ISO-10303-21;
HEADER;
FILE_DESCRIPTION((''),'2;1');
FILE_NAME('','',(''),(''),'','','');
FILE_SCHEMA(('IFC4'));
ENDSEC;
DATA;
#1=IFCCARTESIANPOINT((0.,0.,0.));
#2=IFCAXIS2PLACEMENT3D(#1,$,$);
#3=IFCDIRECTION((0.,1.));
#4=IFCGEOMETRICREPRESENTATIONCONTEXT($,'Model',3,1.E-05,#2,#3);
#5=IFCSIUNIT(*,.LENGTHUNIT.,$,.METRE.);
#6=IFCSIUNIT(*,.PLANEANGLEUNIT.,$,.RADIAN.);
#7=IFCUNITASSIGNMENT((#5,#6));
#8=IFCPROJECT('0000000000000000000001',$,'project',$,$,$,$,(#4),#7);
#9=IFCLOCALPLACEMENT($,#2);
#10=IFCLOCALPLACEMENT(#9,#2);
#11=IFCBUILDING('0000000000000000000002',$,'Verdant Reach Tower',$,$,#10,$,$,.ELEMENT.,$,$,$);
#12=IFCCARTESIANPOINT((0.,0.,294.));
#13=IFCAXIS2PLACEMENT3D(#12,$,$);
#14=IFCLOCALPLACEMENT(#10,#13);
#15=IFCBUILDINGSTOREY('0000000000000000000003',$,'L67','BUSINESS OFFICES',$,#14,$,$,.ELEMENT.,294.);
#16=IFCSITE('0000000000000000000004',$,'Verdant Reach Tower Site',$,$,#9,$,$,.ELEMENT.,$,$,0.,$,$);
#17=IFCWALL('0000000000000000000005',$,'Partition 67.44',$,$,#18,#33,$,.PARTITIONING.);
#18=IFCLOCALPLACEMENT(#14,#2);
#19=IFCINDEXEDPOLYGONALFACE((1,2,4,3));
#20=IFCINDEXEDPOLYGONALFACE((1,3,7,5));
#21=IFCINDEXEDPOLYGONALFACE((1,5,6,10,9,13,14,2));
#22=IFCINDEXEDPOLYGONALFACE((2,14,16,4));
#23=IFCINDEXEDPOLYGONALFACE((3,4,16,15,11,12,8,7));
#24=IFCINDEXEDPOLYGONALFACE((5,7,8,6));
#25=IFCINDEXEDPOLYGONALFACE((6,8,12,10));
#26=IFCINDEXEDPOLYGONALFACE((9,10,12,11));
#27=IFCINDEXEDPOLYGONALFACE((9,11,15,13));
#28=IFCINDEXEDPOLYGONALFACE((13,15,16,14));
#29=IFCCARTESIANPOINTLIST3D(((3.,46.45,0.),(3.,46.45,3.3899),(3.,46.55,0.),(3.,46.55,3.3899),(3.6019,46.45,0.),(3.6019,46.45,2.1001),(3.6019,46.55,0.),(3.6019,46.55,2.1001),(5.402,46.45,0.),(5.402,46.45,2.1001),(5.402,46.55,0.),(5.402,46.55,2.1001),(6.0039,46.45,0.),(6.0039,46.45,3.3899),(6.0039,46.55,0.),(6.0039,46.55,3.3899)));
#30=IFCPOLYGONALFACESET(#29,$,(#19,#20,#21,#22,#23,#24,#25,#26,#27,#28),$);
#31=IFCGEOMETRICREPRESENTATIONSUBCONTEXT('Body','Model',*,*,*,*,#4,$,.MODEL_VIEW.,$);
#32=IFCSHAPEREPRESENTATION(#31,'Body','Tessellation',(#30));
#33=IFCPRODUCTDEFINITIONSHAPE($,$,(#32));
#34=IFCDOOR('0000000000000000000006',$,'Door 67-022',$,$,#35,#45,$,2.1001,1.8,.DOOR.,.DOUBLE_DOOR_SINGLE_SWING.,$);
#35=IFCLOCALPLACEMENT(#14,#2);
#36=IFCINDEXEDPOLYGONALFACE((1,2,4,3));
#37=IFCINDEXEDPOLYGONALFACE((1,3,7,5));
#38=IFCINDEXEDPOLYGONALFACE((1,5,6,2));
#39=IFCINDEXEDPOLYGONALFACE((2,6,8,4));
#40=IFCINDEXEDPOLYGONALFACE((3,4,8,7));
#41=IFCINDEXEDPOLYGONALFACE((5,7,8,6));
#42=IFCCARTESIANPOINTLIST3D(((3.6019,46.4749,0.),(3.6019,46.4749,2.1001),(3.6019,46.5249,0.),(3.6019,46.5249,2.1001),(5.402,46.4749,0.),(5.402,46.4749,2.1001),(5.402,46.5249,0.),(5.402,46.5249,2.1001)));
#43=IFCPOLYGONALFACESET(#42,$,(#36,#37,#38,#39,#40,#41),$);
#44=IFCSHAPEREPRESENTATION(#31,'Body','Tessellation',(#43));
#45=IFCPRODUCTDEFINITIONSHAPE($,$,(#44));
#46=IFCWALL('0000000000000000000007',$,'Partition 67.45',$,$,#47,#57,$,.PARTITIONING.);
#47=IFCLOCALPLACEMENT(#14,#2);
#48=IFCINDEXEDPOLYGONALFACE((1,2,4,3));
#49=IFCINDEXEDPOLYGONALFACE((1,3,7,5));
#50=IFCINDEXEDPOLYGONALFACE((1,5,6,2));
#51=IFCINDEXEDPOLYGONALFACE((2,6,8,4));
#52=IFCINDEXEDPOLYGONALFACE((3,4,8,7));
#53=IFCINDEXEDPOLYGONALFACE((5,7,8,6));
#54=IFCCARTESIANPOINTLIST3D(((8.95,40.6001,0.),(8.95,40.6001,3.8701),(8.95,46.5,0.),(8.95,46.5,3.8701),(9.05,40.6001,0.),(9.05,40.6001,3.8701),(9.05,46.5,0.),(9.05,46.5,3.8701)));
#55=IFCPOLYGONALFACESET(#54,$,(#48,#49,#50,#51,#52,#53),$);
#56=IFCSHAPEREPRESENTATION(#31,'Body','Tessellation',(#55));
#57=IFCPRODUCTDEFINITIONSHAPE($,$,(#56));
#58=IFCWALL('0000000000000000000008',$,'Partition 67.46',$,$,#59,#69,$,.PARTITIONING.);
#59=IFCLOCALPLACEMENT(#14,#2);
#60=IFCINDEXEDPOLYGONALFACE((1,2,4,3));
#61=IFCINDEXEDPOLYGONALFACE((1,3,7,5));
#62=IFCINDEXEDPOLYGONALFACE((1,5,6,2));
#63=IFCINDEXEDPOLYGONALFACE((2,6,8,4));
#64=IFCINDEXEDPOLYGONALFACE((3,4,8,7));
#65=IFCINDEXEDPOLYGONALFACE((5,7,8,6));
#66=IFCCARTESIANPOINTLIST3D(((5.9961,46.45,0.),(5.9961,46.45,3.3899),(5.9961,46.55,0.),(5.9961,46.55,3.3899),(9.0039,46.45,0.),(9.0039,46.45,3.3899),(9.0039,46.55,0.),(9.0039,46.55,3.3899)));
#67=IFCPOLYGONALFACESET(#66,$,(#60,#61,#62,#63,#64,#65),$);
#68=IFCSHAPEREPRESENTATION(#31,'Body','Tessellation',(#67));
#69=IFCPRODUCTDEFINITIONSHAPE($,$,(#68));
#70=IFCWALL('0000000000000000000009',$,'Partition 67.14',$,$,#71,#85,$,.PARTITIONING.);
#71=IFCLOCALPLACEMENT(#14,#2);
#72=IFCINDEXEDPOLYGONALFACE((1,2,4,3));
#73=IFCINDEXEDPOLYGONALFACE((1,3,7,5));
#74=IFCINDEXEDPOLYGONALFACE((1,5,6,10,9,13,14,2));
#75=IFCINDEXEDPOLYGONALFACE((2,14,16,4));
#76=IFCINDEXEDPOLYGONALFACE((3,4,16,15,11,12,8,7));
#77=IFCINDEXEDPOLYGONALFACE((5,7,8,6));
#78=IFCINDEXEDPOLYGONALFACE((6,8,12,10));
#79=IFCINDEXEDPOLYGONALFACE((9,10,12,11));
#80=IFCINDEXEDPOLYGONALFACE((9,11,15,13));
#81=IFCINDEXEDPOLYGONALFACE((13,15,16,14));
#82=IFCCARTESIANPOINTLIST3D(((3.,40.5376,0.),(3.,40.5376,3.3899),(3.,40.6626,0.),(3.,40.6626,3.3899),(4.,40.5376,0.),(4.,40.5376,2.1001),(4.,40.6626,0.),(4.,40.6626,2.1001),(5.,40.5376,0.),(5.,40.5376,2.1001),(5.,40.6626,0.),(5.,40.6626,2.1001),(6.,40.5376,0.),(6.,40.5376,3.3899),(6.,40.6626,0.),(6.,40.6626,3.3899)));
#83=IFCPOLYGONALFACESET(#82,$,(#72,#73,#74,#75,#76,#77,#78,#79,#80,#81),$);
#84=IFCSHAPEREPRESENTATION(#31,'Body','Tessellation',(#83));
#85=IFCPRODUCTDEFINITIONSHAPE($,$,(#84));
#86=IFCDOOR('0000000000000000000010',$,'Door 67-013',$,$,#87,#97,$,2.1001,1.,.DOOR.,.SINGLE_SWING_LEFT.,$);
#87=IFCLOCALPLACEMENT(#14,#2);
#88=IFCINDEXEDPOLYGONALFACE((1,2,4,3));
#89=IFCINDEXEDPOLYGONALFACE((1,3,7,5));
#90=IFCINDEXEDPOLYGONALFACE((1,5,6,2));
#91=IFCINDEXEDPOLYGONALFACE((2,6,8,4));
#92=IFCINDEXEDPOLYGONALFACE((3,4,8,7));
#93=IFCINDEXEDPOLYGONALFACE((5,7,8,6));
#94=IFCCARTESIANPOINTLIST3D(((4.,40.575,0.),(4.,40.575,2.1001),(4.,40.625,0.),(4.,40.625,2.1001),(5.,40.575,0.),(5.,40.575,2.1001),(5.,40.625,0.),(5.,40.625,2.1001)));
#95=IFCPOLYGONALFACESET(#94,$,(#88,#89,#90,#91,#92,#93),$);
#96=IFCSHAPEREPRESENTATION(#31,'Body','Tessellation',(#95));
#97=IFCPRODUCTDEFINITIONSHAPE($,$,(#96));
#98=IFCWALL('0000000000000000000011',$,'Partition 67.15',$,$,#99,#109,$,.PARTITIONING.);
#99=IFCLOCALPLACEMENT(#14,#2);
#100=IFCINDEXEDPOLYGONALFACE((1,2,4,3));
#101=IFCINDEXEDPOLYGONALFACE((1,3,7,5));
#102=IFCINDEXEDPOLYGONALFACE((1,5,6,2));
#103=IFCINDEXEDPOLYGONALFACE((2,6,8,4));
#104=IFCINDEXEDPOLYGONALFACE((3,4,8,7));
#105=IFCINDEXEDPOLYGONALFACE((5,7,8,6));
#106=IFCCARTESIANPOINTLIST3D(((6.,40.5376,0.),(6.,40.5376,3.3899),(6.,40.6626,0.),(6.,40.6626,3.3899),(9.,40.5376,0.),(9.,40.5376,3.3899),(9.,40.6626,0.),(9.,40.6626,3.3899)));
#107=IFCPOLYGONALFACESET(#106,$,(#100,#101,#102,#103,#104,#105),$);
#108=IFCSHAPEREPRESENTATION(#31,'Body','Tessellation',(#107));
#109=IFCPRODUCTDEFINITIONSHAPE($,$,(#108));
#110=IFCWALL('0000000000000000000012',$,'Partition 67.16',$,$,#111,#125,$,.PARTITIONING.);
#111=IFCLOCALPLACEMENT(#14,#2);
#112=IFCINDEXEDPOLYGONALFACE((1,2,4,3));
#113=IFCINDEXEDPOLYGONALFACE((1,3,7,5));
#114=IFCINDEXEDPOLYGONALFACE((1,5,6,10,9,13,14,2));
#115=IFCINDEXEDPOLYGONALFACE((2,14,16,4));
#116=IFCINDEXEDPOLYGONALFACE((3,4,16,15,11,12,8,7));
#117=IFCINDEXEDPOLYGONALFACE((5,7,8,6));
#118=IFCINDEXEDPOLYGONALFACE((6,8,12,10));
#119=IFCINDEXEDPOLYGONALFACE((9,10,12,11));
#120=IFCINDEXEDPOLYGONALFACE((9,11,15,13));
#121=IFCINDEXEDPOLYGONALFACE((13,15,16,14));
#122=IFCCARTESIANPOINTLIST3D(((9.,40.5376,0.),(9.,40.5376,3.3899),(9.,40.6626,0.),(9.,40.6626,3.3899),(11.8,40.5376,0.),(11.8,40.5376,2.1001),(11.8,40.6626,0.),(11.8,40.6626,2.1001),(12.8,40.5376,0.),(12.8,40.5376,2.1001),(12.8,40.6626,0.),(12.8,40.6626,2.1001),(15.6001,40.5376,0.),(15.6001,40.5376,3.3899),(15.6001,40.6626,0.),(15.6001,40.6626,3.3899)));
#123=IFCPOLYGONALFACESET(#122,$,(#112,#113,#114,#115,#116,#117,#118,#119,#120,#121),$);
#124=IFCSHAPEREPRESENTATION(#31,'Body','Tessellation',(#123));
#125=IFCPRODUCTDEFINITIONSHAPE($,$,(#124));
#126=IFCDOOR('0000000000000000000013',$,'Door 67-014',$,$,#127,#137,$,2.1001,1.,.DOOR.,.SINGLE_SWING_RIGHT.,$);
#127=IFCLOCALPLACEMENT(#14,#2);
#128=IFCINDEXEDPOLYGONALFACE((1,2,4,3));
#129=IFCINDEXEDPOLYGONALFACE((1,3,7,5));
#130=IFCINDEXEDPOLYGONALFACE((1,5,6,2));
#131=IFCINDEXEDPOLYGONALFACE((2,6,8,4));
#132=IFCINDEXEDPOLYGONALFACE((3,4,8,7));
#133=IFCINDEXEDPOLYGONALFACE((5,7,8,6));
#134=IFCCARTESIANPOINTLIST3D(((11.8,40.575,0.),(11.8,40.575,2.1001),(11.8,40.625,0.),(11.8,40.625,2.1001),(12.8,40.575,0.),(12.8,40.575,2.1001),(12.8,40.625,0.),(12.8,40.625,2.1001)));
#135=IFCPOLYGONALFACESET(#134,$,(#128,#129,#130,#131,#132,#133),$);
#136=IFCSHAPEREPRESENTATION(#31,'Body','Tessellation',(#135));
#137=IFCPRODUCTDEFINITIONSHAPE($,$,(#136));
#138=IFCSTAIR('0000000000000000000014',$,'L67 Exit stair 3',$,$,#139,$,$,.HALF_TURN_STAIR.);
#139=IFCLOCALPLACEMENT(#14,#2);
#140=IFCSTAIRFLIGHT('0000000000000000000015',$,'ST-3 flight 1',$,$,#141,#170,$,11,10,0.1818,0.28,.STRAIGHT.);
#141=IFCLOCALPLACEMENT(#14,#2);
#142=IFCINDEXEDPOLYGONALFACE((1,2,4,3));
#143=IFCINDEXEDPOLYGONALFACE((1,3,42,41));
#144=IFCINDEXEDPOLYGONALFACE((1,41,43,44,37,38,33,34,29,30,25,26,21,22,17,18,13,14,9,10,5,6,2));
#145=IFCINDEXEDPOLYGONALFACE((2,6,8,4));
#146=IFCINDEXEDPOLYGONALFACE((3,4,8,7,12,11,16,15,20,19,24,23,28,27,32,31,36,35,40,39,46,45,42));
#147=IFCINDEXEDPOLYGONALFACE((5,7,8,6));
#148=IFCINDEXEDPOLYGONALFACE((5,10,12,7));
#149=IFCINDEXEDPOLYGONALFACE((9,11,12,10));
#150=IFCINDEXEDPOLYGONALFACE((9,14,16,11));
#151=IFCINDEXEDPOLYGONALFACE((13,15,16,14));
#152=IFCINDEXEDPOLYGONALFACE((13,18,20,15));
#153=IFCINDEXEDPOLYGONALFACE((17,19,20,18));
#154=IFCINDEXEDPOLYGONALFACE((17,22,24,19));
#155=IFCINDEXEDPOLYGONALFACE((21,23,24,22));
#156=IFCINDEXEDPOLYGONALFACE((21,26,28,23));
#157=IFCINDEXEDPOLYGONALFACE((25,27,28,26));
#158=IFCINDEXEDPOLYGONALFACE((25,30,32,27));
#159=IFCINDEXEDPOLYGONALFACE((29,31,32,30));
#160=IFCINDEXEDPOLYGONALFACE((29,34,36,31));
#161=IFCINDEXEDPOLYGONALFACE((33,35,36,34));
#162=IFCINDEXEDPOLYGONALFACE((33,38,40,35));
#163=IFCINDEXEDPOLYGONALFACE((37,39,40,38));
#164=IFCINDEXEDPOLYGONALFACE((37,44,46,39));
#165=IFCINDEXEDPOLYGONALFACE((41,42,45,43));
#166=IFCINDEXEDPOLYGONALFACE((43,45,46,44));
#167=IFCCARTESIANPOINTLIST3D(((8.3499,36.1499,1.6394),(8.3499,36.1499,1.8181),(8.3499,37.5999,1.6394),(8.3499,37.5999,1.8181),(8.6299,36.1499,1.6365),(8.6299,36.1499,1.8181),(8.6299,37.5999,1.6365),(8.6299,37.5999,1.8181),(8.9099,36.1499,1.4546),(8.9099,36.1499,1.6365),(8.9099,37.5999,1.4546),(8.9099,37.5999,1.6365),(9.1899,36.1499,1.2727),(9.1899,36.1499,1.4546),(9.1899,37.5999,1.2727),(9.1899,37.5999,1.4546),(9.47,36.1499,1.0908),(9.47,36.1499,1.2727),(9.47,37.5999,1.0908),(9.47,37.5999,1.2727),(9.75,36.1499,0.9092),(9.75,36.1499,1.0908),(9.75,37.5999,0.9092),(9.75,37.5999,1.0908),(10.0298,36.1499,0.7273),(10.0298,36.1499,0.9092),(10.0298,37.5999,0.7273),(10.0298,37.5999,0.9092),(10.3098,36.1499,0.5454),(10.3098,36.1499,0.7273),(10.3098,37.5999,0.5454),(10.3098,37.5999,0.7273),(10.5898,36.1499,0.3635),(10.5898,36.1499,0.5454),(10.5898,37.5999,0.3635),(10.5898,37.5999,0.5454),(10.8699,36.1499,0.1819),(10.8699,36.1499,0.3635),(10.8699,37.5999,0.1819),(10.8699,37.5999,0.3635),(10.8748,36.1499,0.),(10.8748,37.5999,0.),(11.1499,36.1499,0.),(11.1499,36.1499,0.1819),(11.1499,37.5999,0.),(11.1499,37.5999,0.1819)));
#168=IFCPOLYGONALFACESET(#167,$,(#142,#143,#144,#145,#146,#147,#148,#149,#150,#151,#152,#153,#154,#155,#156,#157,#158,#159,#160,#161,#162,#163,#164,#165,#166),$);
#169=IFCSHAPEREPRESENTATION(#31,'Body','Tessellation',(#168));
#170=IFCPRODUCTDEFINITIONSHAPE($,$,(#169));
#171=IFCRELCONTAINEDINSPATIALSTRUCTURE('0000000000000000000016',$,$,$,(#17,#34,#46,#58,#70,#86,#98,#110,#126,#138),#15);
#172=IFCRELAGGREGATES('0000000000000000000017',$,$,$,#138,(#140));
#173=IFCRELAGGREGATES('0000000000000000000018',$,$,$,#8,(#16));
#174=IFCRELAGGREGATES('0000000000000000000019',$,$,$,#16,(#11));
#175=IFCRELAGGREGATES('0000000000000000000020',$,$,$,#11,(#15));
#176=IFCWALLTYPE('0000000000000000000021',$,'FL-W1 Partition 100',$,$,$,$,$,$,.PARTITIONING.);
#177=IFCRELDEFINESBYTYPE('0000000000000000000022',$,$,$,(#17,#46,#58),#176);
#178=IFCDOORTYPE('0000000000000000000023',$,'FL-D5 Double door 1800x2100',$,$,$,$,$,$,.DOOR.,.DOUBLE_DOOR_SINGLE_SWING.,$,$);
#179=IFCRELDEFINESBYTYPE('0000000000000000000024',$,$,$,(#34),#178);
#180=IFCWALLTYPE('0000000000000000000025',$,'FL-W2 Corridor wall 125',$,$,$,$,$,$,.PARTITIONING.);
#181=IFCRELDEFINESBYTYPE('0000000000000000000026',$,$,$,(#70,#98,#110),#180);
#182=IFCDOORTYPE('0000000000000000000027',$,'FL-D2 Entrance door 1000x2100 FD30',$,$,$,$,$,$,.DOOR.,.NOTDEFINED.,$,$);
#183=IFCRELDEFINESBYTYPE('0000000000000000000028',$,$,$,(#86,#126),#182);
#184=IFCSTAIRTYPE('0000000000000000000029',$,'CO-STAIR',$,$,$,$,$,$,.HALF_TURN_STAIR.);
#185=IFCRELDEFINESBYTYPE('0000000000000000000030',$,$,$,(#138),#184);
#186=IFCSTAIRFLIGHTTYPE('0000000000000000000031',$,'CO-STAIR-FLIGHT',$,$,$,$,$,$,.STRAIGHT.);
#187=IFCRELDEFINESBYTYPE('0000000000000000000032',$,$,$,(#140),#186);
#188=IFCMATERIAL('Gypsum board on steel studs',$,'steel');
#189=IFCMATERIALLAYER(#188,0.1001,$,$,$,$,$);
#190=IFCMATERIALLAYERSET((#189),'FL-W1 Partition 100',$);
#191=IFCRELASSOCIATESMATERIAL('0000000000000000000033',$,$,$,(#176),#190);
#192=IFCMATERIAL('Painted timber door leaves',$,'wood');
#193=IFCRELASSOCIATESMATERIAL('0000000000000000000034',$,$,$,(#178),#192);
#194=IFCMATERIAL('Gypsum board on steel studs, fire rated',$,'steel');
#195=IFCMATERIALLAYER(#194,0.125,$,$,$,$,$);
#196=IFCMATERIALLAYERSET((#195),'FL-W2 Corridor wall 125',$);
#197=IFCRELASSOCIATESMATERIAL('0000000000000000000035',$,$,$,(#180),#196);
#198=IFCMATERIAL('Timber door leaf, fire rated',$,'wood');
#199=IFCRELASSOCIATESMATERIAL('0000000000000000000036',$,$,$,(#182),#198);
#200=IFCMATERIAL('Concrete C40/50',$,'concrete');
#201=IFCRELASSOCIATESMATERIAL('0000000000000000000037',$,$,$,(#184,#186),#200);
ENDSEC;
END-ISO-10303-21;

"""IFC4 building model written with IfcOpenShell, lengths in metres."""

from ifc_helpers import new_model, si_unit, direction, frame, frame_2d, origin, place, context, subcontext, project, spatial, polyline, rectangle, outline, extrude, material, layer, layer_set, type_object, element, fill, aggregate, save


model = new_model("IFC4")

# Units and contexts
model_context = context("Model", 3, precision=1e-05, world=origin(), true_north=direction((0.0, 1.0)))
body_context = subcontext(model_context, "Body", "Model", "MODEL_VIEW")
ifc_project = project(units=[si_unit("LENGTHUNIT", "METRE"), si_unit("PLANEANGLEUNIT", "RADIAN")], contexts=[model_context])

# Site, building, storey
site_placement = place(None, origin())
site = spatial("IfcSite", under=ifc_project, at=site_placement, Name="Verdant Reach Tower Site", CompositionType="ELEMENT", RefElevation=0.0)
building_placement = place(site_placement, origin())
building = spatial("IfcBuilding", under=site, at=building_placement, Name="Verdant Reach Tower", CompositionType="ELEMENT")
storey_placement = place(building_placement, frame((0.0, 0.0, 294.0)))
storey = spatial("IfcBuildingStorey", under=building, at=storey_placement, Name="L67", Description="BUSINESS OFFICES", CompositionType="ELEMENT", Elevation=294.0)

# Shared definitions
ifc_material_1 = material(Name="Gypsum board on steel studs", Category="steel")
ifc_layer_1 = layer(ifc_material_1, 0.1001)
ifc_layer_set_1 = layer_set([ifc_layer_1], Name="FL-W1 Partition 100")
wall_type_1 = type_object("IfcWallType", Name="FL-W1 Partition 100", PredefinedType="PARTITIONING", material=ifc_layer_set_1)

# Wall, opening, door
wall_1_placement = place(storey_placement, frame((3.0, 46.5, 0.0), z_axis=(0.0, 0.0, 1.0), x_axis=(1.0, 0.0, 0.0)))
wall_1 = element("IfcWall", 1, at=wall_1_placement, inside=storey, type_object=wall_type_1, Name="Partition 67.44", PredefinedType="PARTITIONING", context=body_context, shape_type="SweptSolid", body=[
    extrude(rectangle(XDim=3.0039, YDim=0.1001, at=frame_2d((1.502, 0.0))), origin(), (0.0, 0.0, 1.0), 3.3899),
])
opening_1_placement = place(wall_1_placement, frame((0.6021, 0.0, 0.0)))
opening_1 = element("IfcOpeningElement", 2, at=opening_1_placement, cuts=wall_1, PredefinedType="OPENING", context=body_context, shape_type="SweptSolid", body=[
    extrude(rectangle(XDim=1.8, YDim=2.1001, at=frame_2d((0.8999, 1.05))), frame((0.0, 0.0601, 0.0), z_axis=(0.0, -1.0, 0.0), x_axis=(1.0, 0.0, 0.0)), (0.0, 0.0, 1.0), 0.1201),
])
ifc_material_2 = material(Name="Painted timber door leaves", Category="wood")
door_type_1 = type_object("IfcDoorType", Name="FL-D5 Double door 1800x2100", OperationType="DOUBLE_DOOR_SINGLE_SWING", PredefinedType="DOOR", material=ifc_material_2)
door_1_placement = place(opening_1_placement, origin())
door_1 = element("IfcDoor", 3, at=door_1_placement, inside=storey, type_object=door_type_1, Name="Door 67-022", OperationType="DOUBLE_DOOR_SINGLE_SWING", OverallHeight=2.1001, OverallWidth=1.8, PredefinedType="DOOR", context=body_context, shape_type="SweptSolid", body=[
    extrude(rectangle(XDim=1.8, YDim=2.1001, at=frame_2d((0.8999, 1.05))), frame((0.0, 0.0249, 0.0), z_axis=(0.0, -1.0, 0.0), x_axis=(1.0, 0.0, 0.0)), (0.0, 0.0, 1.0), 0.05),
])
fill(opening_1, door_1)

# Walls
wall_2_placement = place(storey_placement, frame((9.0, 40.6001, 0.0), z_axis=(0.0, 0.0, 1.0), x_axis=(0.0, 1.0, 0.0)))
element("IfcWall", 4, at=wall_2_placement, inside=storey, type_object=wall_type_1, Name="Partition 67.45", PredefinedType="PARTITIONING", context=body_context, shape_type="SweptSolid", body=[
    extrude(rectangle(XDim=5.8999, YDim=0.1001, at=frame_2d((2.95, 0.0))), origin(), (0.0, 0.0, 1.0), 3.8701),
])
wall_3_placement = place(storey_placement, frame((9.0039, 46.5, 0.0), z_axis=(0.0, 0.0, 1.0), x_axis=(-1.0, 0.0, 0.0)))
element("IfcWall", 5, at=wall_3_placement, inside=storey, type_object=wall_type_1, Name="Partition 67.46", PredefinedType="PARTITIONING", context=body_context, shape_type="SweptSolid", body=[
    extrude(rectangle(XDim=3.0078, YDim=0.1001, at=frame_2d((1.5039, 0.0))), origin(), (0.0, 0.0, 1.0), 3.3899),
])

# Wall, opening, door
ifc_material_3 = material(Name="Gypsum board on steel studs, fire rated", Category="steel")
ifc_layer_2 = layer(ifc_material_3, 0.125)
ifc_layer_set_2 = layer_set([ifc_layer_2], Name="FL-W2 Corridor wall 125")
wall_type_2 = type_object("IfcWallType", Name="FL-W2 Corridor wall 125", PredefinedType="PARTITIONING", material=ifc_layer_set_2)
wall_4_placement = place(storey_placement, frame((3.0, 40.6001, 0.0), z_axis=(0.0, 0.0, 1.0), x_axis=(1.0, 0.0, 0.0)))
wall_4 = element("IfcWall", 6, at=wall_4_placement, inside=storey, type_object=wall_type_2, Name="Partition 67.14", PredefinedType="PARTITIONING", context=body_context, shape_type="SweptSolid", body=[
    extrude(rectangle(XDim=3.0, YDim=0.125, at=frame_2d((1.5, 0.0))), origin(), (0.0, 0.0, 1.0), 3.3899),
])
opening_2_placement = place(wall_4_placement, frame((1.0, 0.0, 0.0)))
opening_2 = element("IfcOpeningElement", 7, at=opening_2_placement, cuts=wall_4, PredefinedType="OPENING", context=body_context, shape_type="SweptSolid", body=[
    extrude(rectangle(XDim=1.0, YDim=2.1001, at=frame_2d((0.5, 1.05))), frame((0.0, 0.0725, 0.0), z_axis=(0.0, -1.0, 0.0), x_axis=(1.0, 0.0, 0.0)), (0.0, 0.0, 1.0), 0.145),
])
ifc_material_4 = material(Name="Timber door leaf, fire rated", Category="wood")
door_type_2 = type_object("IfcDoorType", Name="FL-D2 Entrance door 1000x2100 FD30", OperationType="NOTDEFINED", PredefinedType="DOOR", material=ifc_material_4)
door_2_placement = place(opening_2_placement, origin())
door_2 = element("IfcDoor", 8, at=door_2_placement, inside=storey, type_object=door_type_2, Name="Door 67-013", OperationType="SINGLE_SWING_LEFT", OverallHeight=2.1001, OverallWidth=1.0, PredefinedType="DOOR", context=body_context, shape_type="SweptSolid", body=[
    extrude(rectangle(XDim=1.0, YDim=2.1001, at=frame_2d((0.5, 1.05))), frame((0.0, 0.0249, 0.0), z_axis=(0.0, -1.0, 0.0), x_axis=(1.0, 0.0, 0.0)), (0.0, 0.0, 1.0), 0.05),
])
fill(opening_2, door_2)

# Wall
wall_5_placement = place(storey_placement, frame((9.0, 40.6001, 0.0), z_axis=(0.0, 0.0, 1.0), x_axis=(-1.0, 0.0, 0.0)))
element("IfcWall", 9, at=wall_5_placement, inside=storey, type_object=wall_type_2, Name="Partition 67.15", PredefinedType="PARTITIONING", context=body_context, shape_type="SweptSolid", body=[
    extrude(rectangle(XDim=3.0, YDim=0.125, at=frame_2d((1.5, 0.0))), origin(), (0.0, 0.0, 1.0), 3.3899),
])

# Wall, opening, door
wall_6_placement = place(storey_placement, frame((9.0, 40.6001, 0.0), z_axis=(0.0, 0.0, 1.0), x_axis=(1.0, 0.0, 0.0)))
wall_6 = element("IfcWall", 10, at=wall_6_placement, inside=storey, type_object=wall_type_2, Name="Partition 67.16", PredefinedType="PARTITIONING", context=body_context, shape_type="SweptSolid", body=[
    extrude(rectangle(XDim=6.6001, YDim=0.125, at=frame_2d((3.3, 0.0))), origin(), (0.0, 0.0, 1.0), 3.3899),
])
opening_3_placement = place(wall_6_placement, frame((2.8, 0.0, 0.0)))
opening_3 = element("IfcOpeningElement", 11, at=opening_3_placement, cuts=wall_6, PredefinedType="OPENING", context=body_context, shape_type="SweptSolid", body=[
    extrude(rectangle(XDim=1.0, YDim=2.1001, at=frame_2d((0.5, 1.05))), frame((0.0, 0.0725, 0.0), z_axis=(0.0, -1.0, 0.0), x_axis=(1.0, 0.0, 0.0)), (0.0, 0.0, 1.0), 0.145),
])
door_3_placement = place(opening_3_placement, origin())
door_3 = element("IfcDoor", 12, at=door_3_placement, inside=storey, type_object=door_type_2, Name="Door 67-014", OperationType="SINGLE_SWING_RIGHT", OverallHeight=2.1001, OverallWidth=1.0, PredefinedType="DOOR", context=body_context, shape_type="SweptSolid", body=[
    extrude(rectangle(XDim=1.0, YDim=2.1001, at=frame_2d((0.5, 1.05))), frame((0.0, 0.0249, 0.0), z_axis=(0.0, -1.0, 0.0), x_axis=(1.0, 0.0, 0.0)), (0.0, 0.0, 1.0), 0.05),
])
fill(opening_3, door_3)

# Stair, stair flight
ifc_material_5 = material(Name="Concrete C40/50", Category="concrete")
stair_type = type_object("IfcStairType", Name="CO-STAIR", PredefinedType="HALF_TURN_STAIR", material=ifc_material_5)
stair_placement = place(storey_placement, origin())
stair = element("IfcStair", 13, at=stair_placement, inside=storey, type_object=stair_type, Name="L67 Exit stair 3", PredefinedType="HALF_TURN_STAIR")
stair_flight_type = type_object("IfcStairFlightType", Name="CO-STAIR-FLIGHT", PredefinedType="STRAIGHT", material=ifc_material_5)
stair_flight_placement = place(storey_placement, frame((11.1499, 36.875, 0.0), z_axis=(0.0, 0.0, 1.0), x_axis=(-1.0, 0.0, 0.0)))
stair_flight = element("IfcStairFlight", 14, at=stair_flight_placement, type_object=stair_flight_type, Name="ST-3 flight 1", NumberOfRisers=11, NumberOfTreads=10, PredefinedType="STRAIGHT", RiserHeight=0.1818, TreadLength=0.28, context=body_context, shape_type="SweptSolid", body=[
    extrude(outline(polyline([(0.0, 0.0), (0.0, 0.1819), (0.28, 0.1819), (0.28, 0.3635), (0.5601, 0.3635), (0.5601, 0.5454), (0.8401, 0.5454), (0.8401, 0.7273), (1.1201, 0.7273), (1.1201, 0.9092), (1.3999, 0.9092), (1.3999, 1.0908), (1.6799, 1.0908), (1.6799, 1.2727), (1.96, 1.2727), (1.96, 1.4546), (2.24, 1.4546), (2.24, 1.6365), (2.52, 1.6365), (2.52, 1.8181), (2.8, 1.8181), (2.8, 2.0), (2.8, 1.6394), (0.2751, 0.0), (0.0, 0.0)])), frame((0.0, 0.7251, 0.0), z_axis=(0.0, -1.0, 0.0), x_axis=(1.0, 0.0, 0.0)), (0.0, 0.0, 1.0), 1.45),
])
aggregate(stair, [stair_flight])

save(model, "model.ifc")
